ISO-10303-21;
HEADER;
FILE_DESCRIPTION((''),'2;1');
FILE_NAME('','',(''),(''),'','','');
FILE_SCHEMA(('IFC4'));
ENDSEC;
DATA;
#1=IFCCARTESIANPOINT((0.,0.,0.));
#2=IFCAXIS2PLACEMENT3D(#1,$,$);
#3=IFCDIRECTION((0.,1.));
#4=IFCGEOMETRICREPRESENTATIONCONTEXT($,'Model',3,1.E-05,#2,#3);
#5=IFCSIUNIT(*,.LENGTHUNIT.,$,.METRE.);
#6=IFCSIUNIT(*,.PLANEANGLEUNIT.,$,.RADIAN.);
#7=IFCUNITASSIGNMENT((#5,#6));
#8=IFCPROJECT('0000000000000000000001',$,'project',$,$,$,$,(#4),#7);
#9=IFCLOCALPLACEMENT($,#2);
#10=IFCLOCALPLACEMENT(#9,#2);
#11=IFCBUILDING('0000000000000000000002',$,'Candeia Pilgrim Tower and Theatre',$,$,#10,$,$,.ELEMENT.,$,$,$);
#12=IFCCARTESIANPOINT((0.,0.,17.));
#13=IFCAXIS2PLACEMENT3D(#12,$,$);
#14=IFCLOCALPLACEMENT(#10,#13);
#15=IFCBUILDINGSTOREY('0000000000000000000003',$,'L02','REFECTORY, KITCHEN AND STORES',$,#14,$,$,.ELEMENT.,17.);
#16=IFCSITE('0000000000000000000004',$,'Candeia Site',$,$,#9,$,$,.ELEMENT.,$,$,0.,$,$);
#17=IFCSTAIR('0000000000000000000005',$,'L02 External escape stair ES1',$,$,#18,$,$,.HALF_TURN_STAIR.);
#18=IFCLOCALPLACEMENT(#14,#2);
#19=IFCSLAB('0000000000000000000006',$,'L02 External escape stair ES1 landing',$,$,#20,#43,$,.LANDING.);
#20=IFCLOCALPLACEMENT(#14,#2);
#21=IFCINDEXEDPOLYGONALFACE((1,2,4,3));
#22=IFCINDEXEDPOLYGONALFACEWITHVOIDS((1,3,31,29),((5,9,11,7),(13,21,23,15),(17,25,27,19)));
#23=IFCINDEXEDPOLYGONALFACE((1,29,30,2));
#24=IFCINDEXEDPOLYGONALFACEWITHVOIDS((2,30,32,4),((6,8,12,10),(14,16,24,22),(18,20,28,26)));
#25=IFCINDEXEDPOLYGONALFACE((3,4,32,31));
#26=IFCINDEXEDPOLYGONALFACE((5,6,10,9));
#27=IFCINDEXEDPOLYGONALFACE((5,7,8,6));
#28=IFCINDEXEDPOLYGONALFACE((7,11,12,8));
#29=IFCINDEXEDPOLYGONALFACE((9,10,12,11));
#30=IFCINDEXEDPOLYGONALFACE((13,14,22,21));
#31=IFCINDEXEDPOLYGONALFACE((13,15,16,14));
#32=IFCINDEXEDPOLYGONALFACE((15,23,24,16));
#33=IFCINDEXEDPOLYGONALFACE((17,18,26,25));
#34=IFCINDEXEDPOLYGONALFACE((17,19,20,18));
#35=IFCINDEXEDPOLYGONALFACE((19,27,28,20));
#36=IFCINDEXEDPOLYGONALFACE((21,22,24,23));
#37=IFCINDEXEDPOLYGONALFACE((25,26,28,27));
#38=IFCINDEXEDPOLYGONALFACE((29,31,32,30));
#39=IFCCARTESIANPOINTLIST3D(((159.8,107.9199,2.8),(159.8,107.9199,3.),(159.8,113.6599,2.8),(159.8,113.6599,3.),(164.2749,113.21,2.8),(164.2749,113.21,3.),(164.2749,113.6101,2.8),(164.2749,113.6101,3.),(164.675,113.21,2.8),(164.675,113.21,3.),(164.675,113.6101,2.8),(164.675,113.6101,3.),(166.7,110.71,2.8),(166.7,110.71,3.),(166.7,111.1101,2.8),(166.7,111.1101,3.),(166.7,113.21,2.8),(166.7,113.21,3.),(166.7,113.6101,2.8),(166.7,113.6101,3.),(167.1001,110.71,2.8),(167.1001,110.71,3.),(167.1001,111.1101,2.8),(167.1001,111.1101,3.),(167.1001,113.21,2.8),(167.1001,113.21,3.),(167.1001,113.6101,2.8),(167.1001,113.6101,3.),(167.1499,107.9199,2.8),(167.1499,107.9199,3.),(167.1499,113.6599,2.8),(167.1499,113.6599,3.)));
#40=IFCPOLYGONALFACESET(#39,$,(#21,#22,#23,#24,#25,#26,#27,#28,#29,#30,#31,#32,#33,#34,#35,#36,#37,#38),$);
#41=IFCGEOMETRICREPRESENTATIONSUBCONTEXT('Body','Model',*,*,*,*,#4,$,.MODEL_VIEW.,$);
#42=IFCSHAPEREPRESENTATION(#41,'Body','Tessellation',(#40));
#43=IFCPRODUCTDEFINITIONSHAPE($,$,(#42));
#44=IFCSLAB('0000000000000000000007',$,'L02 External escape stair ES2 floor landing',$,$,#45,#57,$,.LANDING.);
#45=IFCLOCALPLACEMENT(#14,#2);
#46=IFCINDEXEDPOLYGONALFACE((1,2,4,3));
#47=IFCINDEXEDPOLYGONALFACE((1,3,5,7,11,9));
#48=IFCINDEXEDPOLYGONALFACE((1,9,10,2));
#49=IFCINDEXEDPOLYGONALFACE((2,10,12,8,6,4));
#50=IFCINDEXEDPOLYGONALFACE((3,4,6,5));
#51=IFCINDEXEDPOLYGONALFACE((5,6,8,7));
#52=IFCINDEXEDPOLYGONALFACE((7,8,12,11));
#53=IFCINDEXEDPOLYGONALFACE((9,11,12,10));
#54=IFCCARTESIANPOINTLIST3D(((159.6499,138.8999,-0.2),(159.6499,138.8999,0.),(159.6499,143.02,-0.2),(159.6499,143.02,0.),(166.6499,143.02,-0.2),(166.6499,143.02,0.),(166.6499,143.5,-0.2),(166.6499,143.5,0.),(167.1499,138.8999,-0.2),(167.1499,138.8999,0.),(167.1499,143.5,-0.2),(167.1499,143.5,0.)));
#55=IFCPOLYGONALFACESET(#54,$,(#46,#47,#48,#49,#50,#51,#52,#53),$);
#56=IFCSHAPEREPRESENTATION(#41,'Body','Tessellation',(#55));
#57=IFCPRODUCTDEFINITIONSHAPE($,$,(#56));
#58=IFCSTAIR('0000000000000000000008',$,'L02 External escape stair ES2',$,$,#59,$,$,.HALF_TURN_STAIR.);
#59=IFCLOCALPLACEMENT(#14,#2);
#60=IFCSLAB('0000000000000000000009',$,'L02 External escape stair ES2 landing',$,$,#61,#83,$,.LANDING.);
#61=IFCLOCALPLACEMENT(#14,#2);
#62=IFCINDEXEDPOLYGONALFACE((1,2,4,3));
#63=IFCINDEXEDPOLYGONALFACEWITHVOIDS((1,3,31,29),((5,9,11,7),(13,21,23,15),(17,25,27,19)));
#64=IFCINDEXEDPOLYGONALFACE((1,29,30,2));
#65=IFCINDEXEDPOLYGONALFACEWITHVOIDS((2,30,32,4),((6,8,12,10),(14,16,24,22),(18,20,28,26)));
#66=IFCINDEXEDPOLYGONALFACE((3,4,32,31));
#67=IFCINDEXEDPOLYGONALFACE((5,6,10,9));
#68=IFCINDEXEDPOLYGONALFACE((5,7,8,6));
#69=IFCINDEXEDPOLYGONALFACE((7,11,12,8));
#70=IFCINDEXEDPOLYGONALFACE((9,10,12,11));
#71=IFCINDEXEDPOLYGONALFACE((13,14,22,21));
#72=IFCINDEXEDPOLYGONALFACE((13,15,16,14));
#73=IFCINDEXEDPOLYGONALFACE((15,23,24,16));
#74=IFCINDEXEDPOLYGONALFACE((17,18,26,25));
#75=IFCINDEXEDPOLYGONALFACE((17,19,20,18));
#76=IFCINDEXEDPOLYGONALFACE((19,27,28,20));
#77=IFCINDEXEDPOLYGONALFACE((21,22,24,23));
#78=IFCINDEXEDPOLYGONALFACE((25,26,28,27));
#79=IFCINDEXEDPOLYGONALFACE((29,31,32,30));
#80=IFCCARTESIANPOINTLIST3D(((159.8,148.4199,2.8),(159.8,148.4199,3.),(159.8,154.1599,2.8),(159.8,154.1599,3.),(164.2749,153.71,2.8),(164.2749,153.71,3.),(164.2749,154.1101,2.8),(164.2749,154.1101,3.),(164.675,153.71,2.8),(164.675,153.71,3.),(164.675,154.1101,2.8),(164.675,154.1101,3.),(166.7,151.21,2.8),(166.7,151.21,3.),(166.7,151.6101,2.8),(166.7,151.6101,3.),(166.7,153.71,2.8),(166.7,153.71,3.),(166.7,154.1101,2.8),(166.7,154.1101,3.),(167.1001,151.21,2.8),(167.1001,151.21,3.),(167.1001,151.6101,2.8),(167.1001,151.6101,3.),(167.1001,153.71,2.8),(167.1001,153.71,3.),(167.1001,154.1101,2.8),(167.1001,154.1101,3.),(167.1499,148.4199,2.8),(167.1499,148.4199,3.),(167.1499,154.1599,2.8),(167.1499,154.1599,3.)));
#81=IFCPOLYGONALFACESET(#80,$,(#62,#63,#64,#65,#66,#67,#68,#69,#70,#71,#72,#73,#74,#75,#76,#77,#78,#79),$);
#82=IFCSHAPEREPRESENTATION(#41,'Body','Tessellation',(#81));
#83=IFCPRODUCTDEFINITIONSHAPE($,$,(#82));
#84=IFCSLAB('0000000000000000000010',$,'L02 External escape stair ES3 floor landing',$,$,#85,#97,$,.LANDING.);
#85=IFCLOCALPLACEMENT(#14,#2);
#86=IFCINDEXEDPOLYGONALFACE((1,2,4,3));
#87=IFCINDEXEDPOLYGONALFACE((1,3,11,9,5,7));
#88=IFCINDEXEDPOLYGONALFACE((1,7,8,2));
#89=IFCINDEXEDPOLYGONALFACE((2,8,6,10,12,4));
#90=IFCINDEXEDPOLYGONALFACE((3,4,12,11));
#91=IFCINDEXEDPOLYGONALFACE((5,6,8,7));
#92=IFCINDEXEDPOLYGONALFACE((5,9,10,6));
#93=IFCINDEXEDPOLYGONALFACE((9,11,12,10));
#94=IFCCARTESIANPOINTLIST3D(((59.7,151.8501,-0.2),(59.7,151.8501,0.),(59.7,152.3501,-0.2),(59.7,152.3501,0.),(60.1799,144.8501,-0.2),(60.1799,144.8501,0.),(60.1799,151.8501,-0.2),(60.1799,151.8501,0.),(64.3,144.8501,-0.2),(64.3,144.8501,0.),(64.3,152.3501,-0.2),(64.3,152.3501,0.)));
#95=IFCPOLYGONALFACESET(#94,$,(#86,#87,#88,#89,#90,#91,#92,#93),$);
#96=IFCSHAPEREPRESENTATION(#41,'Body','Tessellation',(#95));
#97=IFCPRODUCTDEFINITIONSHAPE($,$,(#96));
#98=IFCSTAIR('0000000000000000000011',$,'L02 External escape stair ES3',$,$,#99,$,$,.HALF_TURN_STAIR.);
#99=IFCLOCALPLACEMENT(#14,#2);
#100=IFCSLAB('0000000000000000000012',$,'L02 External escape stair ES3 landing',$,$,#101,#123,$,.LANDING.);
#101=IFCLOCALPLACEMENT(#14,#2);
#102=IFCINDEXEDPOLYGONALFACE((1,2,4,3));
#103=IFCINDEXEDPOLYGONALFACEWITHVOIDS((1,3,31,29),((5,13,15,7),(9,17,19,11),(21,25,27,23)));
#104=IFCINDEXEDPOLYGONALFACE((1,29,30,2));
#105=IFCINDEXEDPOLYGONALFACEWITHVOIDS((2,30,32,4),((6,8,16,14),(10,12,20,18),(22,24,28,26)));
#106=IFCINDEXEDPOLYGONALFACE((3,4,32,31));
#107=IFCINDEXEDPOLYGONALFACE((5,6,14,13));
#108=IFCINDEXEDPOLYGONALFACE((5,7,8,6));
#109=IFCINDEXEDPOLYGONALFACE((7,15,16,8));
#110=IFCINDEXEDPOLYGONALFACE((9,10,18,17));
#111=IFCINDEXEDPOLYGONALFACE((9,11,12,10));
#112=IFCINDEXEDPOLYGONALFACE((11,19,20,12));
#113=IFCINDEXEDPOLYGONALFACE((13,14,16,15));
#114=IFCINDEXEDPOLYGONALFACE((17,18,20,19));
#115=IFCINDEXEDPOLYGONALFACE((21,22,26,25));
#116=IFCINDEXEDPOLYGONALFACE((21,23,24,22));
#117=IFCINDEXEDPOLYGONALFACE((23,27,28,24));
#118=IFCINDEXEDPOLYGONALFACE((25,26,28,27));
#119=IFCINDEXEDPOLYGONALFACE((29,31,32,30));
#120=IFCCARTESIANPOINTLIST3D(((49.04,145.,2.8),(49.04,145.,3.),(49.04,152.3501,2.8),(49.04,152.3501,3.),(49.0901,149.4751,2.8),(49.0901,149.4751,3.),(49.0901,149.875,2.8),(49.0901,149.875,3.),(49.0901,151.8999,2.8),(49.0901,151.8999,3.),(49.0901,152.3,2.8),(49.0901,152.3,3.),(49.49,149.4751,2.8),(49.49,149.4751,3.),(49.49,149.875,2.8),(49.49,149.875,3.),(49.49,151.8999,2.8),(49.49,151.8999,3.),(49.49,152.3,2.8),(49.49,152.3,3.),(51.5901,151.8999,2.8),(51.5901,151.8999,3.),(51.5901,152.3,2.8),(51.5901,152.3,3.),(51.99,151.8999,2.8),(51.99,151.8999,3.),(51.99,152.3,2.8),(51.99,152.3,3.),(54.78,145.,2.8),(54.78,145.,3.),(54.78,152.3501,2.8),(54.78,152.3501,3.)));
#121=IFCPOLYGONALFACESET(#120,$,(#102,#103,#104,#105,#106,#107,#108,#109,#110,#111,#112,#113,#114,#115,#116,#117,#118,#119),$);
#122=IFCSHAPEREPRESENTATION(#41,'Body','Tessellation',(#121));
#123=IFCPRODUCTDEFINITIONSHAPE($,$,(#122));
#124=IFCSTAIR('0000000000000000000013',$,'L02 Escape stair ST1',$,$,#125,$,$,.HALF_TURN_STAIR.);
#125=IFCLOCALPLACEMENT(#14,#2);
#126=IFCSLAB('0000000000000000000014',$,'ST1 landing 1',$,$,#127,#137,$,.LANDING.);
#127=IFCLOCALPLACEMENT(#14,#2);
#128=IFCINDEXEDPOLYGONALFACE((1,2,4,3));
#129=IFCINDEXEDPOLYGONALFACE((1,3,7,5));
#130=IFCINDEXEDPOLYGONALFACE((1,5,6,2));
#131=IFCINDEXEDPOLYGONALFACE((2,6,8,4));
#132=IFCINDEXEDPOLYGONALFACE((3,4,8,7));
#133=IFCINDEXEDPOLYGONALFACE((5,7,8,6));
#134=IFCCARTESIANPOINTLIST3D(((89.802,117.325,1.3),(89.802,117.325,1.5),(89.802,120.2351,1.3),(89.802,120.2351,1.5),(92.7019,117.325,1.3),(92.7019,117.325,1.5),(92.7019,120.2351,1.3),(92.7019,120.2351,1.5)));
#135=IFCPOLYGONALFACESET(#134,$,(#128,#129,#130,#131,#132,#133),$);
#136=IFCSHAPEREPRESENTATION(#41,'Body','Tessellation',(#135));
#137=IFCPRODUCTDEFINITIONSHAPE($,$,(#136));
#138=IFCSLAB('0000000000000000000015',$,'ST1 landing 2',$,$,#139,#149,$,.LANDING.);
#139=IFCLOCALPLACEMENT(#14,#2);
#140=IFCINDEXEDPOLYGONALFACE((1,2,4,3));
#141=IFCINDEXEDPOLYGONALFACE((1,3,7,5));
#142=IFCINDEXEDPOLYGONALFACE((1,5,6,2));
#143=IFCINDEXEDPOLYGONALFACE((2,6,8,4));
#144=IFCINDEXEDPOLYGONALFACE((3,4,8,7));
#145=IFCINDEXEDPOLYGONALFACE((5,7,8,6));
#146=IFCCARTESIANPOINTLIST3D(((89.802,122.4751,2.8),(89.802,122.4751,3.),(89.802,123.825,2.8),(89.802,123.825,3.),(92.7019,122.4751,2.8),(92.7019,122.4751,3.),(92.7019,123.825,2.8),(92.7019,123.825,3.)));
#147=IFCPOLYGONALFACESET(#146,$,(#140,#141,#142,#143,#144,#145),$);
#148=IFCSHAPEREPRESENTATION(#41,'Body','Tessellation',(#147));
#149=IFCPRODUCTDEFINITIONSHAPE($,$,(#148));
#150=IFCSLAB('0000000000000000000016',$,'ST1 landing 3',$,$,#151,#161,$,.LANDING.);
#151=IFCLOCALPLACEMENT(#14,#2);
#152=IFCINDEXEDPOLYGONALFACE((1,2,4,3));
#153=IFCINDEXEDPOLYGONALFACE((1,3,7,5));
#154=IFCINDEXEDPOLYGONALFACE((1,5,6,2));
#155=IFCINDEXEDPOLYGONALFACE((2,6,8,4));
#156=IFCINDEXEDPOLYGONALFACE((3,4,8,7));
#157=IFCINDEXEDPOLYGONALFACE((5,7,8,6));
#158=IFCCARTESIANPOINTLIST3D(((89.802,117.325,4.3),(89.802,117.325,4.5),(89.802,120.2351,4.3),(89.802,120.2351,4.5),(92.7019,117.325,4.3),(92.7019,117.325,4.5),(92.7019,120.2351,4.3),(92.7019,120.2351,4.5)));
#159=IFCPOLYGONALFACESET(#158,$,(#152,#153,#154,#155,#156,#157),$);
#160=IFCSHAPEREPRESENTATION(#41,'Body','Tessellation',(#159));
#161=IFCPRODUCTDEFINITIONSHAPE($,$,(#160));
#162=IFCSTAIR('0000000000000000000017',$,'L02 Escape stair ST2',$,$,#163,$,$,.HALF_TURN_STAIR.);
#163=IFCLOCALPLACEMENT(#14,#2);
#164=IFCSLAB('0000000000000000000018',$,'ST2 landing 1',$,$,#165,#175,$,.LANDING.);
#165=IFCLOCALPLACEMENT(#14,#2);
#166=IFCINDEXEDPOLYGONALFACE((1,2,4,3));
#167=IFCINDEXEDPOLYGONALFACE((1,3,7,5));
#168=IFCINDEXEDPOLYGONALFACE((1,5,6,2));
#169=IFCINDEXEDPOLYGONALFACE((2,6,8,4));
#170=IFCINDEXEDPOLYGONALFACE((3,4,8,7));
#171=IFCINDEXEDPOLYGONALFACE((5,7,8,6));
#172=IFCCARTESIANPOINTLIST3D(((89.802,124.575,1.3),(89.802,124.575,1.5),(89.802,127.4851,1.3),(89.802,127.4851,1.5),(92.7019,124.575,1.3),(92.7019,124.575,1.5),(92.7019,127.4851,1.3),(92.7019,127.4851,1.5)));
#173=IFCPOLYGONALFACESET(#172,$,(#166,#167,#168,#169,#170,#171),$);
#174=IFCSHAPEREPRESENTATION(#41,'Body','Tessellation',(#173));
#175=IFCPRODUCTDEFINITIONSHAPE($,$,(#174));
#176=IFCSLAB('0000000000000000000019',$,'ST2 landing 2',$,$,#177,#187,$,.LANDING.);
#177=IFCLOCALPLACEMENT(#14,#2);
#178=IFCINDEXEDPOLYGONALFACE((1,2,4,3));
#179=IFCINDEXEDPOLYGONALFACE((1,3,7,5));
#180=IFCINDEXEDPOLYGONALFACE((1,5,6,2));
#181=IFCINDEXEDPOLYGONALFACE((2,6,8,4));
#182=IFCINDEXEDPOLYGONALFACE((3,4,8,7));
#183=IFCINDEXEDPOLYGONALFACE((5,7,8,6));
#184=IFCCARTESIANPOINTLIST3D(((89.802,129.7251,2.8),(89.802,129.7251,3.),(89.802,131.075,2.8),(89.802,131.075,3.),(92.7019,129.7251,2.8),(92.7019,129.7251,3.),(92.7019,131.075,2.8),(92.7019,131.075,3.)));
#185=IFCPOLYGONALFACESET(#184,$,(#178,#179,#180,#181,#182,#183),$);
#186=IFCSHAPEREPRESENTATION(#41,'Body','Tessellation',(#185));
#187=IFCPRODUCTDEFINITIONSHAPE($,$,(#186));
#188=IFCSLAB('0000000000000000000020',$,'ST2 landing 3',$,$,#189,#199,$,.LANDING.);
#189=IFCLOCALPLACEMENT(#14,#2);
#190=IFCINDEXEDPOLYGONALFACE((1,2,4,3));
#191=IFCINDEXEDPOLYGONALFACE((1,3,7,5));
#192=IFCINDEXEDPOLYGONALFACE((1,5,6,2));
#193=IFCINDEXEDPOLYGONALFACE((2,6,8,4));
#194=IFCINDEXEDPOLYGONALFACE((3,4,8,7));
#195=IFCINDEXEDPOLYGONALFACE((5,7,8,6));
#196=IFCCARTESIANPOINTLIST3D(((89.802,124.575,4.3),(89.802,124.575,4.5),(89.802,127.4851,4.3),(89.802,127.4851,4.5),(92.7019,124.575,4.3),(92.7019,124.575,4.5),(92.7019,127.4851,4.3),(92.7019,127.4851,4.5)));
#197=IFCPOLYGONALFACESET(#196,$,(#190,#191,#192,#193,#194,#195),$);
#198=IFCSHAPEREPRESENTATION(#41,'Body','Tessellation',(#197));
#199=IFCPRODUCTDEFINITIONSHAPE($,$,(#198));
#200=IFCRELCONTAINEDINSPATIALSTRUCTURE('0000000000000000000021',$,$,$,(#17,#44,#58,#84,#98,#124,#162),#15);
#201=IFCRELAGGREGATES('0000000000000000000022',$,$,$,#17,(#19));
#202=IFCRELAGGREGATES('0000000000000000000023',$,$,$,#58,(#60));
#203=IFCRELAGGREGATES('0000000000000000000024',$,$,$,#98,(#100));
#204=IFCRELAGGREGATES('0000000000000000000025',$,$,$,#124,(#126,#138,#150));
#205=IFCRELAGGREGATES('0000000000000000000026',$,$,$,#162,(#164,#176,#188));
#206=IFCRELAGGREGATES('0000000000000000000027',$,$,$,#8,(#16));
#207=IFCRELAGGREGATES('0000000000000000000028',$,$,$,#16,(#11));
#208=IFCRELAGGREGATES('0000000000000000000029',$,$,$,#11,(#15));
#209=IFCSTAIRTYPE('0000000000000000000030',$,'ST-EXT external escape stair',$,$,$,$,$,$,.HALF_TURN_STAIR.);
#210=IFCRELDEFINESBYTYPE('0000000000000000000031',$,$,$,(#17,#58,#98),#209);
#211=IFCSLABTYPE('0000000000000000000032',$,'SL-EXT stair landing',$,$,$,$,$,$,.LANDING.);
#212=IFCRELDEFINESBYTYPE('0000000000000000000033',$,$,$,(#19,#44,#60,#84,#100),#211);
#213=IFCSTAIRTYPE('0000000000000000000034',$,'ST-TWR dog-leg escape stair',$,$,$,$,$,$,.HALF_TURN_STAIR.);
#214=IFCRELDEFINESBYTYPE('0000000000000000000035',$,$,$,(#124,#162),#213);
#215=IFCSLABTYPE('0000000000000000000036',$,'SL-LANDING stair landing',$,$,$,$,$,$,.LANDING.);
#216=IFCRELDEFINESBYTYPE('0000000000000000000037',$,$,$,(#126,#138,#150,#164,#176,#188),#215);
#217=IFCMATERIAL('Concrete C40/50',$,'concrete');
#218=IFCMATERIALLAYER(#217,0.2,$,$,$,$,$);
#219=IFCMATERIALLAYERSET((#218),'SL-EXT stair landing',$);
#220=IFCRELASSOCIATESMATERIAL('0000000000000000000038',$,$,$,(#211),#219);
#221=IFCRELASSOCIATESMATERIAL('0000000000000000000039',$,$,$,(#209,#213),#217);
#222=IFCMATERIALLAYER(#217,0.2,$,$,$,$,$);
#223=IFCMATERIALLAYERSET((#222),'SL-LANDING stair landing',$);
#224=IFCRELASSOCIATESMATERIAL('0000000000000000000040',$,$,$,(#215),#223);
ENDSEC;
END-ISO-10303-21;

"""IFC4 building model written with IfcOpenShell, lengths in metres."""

from ifc_helpers import new_model, si_unit, direction, frame, origin, place, context, subcontext, project, spatial, polyline, outline, extrude, material, layer, layer_set, type_object, element, aggregate, save


model = new_model("IFC4")

# Units and contexts
model_context = context("Model", 3, precision=1e-05, world=origin(), true_north=direction((0.0, 1.0)))
body_context = subcontext(model_context, "Body", "Model", "MODEL_VIEW")
ifc_project = project(units=[si_unit("LENGTHUNIT", "METRE"), si_unit("PLANEANGLEUNIT", "RADIAN")], contexts=[model_context])

# Site, building, storey
site_placement = place(None, origin())
site = spatial("IfcSite", under=ifc_project, at=site_placement, Name="Candeia Site", CompositionType="ELEMENT", RefElevation=0.0)
building_placement = place(site_placement, origin())
building = spatial("IfcBuilding", under=site, at=building_placement, Name="Candeia Pilgrim Tower and Theatre", CompositionType="ELEMENT")
storey_placement = place(building_placement, frame((0.0, 0.0, 17.0)))
storey = spatial("IfcBuildingStorey", under=building, at=storey_placement, Name="L02", Description="REFECTORY, KITCHEN AND STORES", CompositionType="ELEMENT", Elevation=17.0)

# Shared definitions
ifc_material_1 = material(Name="Concrete C40/50", Category="concrete")
ifc_layer_1 = layer(ifc_material_1, 0.2)
ifc_layer_set_1 = layer_set([ifc_layer_1], Name="SL-EXT stair landing")
slab_type_1 = type_object("IfcSlabType", Name="SL-EXT stair landing", PredefinedType="LANDING", material=ifc_layer_set_1)

# Stair, slab
stair_type_1 = type_object("IfcStairType", Name="ST-EXT external escape stair", PredefinedType="HALF_TURN_STAIR", material=ifc_material_1)
stair_1_placement = place(storey_placement, origin())
stair_1 = element("IfcStair", 1, at=stair_1_placement, inside=storey, type_object=stair_type_1, Name="L02 External escape stair ES1", PredefinedType="HALF_TURN_STAIR")
slab_1_placement = place(storey_placement, frame((0.0, 0.0, 2.8)))
slab_1 = element("IfcSlab", 2, at=slab_1_placement, type_object=slab_type_1, Name="L02 External escape stair ES1 landing", PredefinedType="LANDING", context=body_context, shape_type="SweptSolid", body=[
    extrude(outline(polyline([(159.8, 107.9199), (159.8, 113.6599), (167.1499, 113.6599), (167.1499, 107.9199), (159.8, 107.9199)]), holes=[polyline([(166.7, 110.71), (167.1001, 110.71), (167.1001, 111.1101), (166.7, 111.1101), (166.7, 110.71)]), polyline([(166.7, 113.21), (167.1001, 113.21), (167.1001, 113.6101), (166.7, 113.6101), (166.7, 113.21)]), polyline([(164.2749, 113.21), (164.675, 113.21), (164.675, 113.6101), (164.2749, 113.6101), (164.2749, 113.21)])]), origin(), (0.0, 0.0, 1.0), 0.2),
])
aggregate(stair_1, [slab_1])

# Slab
slab_2_placement = place(storey_placement, frame((0.0, 0.0, -0.2)))
element("IfcSlab", 3, at=slab_2_placement, inside=storey, type_object=slab_type_1, Name="L02 External escape stair ES2 floor landing", PredefinedType="LANDING", context=body_context, shape_type="SweptSolid", body=[
    extrude(outline(polyline([(159.6499, 138.8999), (159.6499, 143.02), (166.6499, 143.02), (166.6499, 143.5), (167.1499, 143.5), (167.1499, 138.8999), (159.6499, 138.8999)])), origin(), (0.0, 0.0, 1.0), 0.2),
])

# Stair, slab
stair_2_placement = place(storey_placement, origin())
stair_2 = element("IfcStair", 4, at=stair_2_placement, inside=storey, type_object=stair_type_1, Name="L02 External escape stair ES2", PredefinedType="HALF_TURN_STAIR")
slab_3_placement = place(storey_placement, frame((0.0, 0.0, 2.8)))
slab_3 = element("IfcSlab", 5, at=slab_3_placement, type_object=slab_type_1, Name="L02 External escape stair ES2 landing", PredefinedType="LANDING", context=body_context, shape_type="SweptSolid", body=[
    extrude(outline(polyline([(159.8, 148.4199), (159.8, 154.1599), (167.1499, 154.1599), (167.1499, 148.4199), (159.8, 148.4199)]), holes=[polyline([(166.7, 151.21), (167.1001, 151.21), (167.1001, 151.6101), (166.7, 151.6101), (166.7, 151.21)]), polyline([(166.7, 153.71), (167.1001, 153.71), (167.1001, 154.1101), (166.7, 154.1101), (166.7, 153.71)]), polyline([(164.2749, 153.71), (164.675, 153.71), (164.675, 154.1101), (164.2749, 154.1101), (164.2749, 153.71)])]), origin(), (0.0, 0.0, 1.0), 0.2),
])
aggregate(stair_2, [slab_3])

# Slab
slab_4_placement = place(storey_placement, frame((0.0, 0.0, -0.2)))
element("IfcSlab", 6, at=slab_4_placement, inside=storey, type_object=slab_type_1, Name="L02 External escape stair ES3 floor landing", PredefinedType="LANDING", context=body_context, shape_type="SweptSolid", body=[
    extrude(outline(polyline([(64.3, 144.8501), (60.1799, 144.8501), (60.1799, 151.8501), (59.7, 151.8501), (59.7, 152.3501), (64.3, 152.3501), (64.3, 144.8501)])), origin(), (0.0, 0.0, 1.0), 0.2),
])

# Stair, slab
stair_3_placement = place(storey_placement, origin())
stair_3 = element("IfcStair", 7, at=stair_3_placement, inside=storey, type_object=stair_type_1, Name="L02 External escape stair ES3", PredefinedType="HALF_TURN_STAIR")
slab_5_placement = place(storey_placement, frame((0.0, 0.0, 2.8)))
slab_5 = element("IfcSlab", 8, at=slab_5_placement, type_object=slab_type_1, Name="L02 External escape stair ES3 landing", PredefinedType="LANDING", context=body_context, shape_type="SweptSolid", body=[
    extrude(outline(polyline([(54.78, 145.0), (49.04, 145.0), (49.04, 152.3501), (54.78, 152.3501), (54.78, 145.0)]), holes=[polyline([(51.5901, 151.8999), (51.99, 151.8999), (51.99, 152.3), (51.5901, 152.3), (51.5901, 151.8999)]), polyline([(49.0901, 151.8999), (49.49, 151.8999), (49.49, 152.3), (49.0901, 152.3), (49.0901, 151.8999)]), polyline([(49.0901, 149.4751), (49.49, 149.4751), (49.49, 149.875), (49.0901, 149.875), (49.0901, 149.4751)])]), origin(), (0.0, 0.0, 1.0), 0.2),
])
aggregate(stair_3, [slab_5])

# Stairs, slabs
stair_type_2 = type_object("IfcStairType", Name="ST-TWR dog-leg escape stair", PredefinedType="HALF_TURN_STAIR", material=ifc_material_1)
stair_4_placement = place(storey_placement, origin())
stair_4 = element("IfcStair", 9, at=stair_4_placement, inside=storey, type_object=stair_type_2, Name="L02 Escape stair ST1", PredefinedType="HALF_TURN_STAIR")
ifc_layer_2 = layer(ifc_material_1, 0.2)
ifc_layer_set_2 = layer_set([ifc_layer_2], Name="SL-LANDING stair landing")
slab_type_2 = type_object("IfcSlabType", Name="SL-LANDING stair landing", PredefinedType="LANDING", material=ifc_layer_set_2)
slab_6_placement = place(storey_placement, frame((0.0, 0.0, 1.3)))
slab_6 = element("IfcSlab", 10, at=slab_6_placement, type_object=slab_type_2, Name="ST1 landing 1", PredefinedType="LANDING", context=body_context, shape_type="SweptSolid", body=[
    extrude(outline(polyline([(89.802, 120.2351), (89.802, 117.325), (92.7019, 117.325), (92.7019, 120.2351), (89.802, 120.2351)])), origin(), (0.0, 0.0, 1.0), 0.2),
])
slab_7_placement = place(storey_placement, frame((0.0, 0.0, 2.8)))
slab_7 = element("IfcSlab", 11, at=slab_7_placement, type_object=slab_type_2, Name="ST1 landing 2", PredefinedType="LANDING", context=body_context, shape_type="SweptSolid", body=[
    extrude(outline(polyline([(89.802, 123.825), (89.802, 122.4751), (92.7019, 122.4751), (92.7019, 123.825), (89.802, 123.825)])), origin(), (0.0, 0.0, 1.0), 0.2),
])
slab_8_placement = place(storey_placement, frame((0.0, 0.0, 4.3)))
slab_8 = element("IfcSlab", 12, at=slab_8_placement, type_object=slab_type_2, Name="ST1 landing 3", PredefinedType="LANDING", context=body_context, shape_type="SweptSolid", body=[
    extrude(outline(polyline([(89.802, 120.2351), (89.802, 117.325), (92.7019, 117.325), (92.7019, 120.2351), (89.802, 120.2351)])), origin(), (0.0, 0.0, 1.0), 0.2),
])
aggregate(stair_4, [slab_6, slab_7, slab_8])
stair_5_placement = place(storey_placement, origin())
stair_5 = element("IfcStair", 13, at=stair_5_placement, inside=storey, type_object=stair_type_2, Name="L02 Escape stair ST2", PredefinedType="HALF_TURN_STAIR")
slab_9_placement = place(storey_placement, frame((0.0, 0.0, 1.3)))
slab_9 = element("IfcSlab", 14, at=slab_9_placement, type_object=slab_type_2, Name="ST2 landing 1", PredefinedType="LANDING", context=body_context, shape_type="SweptSolid", body=[
    extrude(outline(polyline([(89.802, 127.4851), (89.802, 124.575), (92.7019, 124.575), (92.7019, 127.4851), (89.802, 127.4851)])), origin(), (0.0, 0.0, 1.0), 0.2),
])
slab_10_placement = place(storey_placement, frame((0.0, 0.0, 2.8)))
slab_10 = element("IfcSlab", 15, at=slab_10_placement, type_object=slab_type_2, Name="ST2 landing 2", PredefinedType="LANDING", context=body_context, shape_type="SweptSolid", body=[
    extrude(outline(polyline([(89.802, 131.075), (89.802, 129.7251), (92.7019, 129.7251), (92.7019, 131.075), (89.802, 131.075)])), origin(), (0.0, 0.0, 1.0), 0.2),
])
slab_11_placement = place(storey_placement, frame((0.0, 0.0, 4.3)))
slab_11 = element("IfcSlab", 16, at=slab_11_placement, type_object=slab_type_2, Name="ST2 landing 3", PredefinedType="LANDING", context=body_context, shape_type="SweptSolid", body=[
    extrude(outline(polyline([(89.802, 127.4851), (89.802, 124.575), (92.7019, 124.575), (92.7019, 127.4851), (89.802, 127.4851)])), origin(), (0.0, 0.0, 1.0), 0.2),
])
aggregate(stair_5, [slab_9, slab_10, slab_11])

save(model, "model.ifc")
